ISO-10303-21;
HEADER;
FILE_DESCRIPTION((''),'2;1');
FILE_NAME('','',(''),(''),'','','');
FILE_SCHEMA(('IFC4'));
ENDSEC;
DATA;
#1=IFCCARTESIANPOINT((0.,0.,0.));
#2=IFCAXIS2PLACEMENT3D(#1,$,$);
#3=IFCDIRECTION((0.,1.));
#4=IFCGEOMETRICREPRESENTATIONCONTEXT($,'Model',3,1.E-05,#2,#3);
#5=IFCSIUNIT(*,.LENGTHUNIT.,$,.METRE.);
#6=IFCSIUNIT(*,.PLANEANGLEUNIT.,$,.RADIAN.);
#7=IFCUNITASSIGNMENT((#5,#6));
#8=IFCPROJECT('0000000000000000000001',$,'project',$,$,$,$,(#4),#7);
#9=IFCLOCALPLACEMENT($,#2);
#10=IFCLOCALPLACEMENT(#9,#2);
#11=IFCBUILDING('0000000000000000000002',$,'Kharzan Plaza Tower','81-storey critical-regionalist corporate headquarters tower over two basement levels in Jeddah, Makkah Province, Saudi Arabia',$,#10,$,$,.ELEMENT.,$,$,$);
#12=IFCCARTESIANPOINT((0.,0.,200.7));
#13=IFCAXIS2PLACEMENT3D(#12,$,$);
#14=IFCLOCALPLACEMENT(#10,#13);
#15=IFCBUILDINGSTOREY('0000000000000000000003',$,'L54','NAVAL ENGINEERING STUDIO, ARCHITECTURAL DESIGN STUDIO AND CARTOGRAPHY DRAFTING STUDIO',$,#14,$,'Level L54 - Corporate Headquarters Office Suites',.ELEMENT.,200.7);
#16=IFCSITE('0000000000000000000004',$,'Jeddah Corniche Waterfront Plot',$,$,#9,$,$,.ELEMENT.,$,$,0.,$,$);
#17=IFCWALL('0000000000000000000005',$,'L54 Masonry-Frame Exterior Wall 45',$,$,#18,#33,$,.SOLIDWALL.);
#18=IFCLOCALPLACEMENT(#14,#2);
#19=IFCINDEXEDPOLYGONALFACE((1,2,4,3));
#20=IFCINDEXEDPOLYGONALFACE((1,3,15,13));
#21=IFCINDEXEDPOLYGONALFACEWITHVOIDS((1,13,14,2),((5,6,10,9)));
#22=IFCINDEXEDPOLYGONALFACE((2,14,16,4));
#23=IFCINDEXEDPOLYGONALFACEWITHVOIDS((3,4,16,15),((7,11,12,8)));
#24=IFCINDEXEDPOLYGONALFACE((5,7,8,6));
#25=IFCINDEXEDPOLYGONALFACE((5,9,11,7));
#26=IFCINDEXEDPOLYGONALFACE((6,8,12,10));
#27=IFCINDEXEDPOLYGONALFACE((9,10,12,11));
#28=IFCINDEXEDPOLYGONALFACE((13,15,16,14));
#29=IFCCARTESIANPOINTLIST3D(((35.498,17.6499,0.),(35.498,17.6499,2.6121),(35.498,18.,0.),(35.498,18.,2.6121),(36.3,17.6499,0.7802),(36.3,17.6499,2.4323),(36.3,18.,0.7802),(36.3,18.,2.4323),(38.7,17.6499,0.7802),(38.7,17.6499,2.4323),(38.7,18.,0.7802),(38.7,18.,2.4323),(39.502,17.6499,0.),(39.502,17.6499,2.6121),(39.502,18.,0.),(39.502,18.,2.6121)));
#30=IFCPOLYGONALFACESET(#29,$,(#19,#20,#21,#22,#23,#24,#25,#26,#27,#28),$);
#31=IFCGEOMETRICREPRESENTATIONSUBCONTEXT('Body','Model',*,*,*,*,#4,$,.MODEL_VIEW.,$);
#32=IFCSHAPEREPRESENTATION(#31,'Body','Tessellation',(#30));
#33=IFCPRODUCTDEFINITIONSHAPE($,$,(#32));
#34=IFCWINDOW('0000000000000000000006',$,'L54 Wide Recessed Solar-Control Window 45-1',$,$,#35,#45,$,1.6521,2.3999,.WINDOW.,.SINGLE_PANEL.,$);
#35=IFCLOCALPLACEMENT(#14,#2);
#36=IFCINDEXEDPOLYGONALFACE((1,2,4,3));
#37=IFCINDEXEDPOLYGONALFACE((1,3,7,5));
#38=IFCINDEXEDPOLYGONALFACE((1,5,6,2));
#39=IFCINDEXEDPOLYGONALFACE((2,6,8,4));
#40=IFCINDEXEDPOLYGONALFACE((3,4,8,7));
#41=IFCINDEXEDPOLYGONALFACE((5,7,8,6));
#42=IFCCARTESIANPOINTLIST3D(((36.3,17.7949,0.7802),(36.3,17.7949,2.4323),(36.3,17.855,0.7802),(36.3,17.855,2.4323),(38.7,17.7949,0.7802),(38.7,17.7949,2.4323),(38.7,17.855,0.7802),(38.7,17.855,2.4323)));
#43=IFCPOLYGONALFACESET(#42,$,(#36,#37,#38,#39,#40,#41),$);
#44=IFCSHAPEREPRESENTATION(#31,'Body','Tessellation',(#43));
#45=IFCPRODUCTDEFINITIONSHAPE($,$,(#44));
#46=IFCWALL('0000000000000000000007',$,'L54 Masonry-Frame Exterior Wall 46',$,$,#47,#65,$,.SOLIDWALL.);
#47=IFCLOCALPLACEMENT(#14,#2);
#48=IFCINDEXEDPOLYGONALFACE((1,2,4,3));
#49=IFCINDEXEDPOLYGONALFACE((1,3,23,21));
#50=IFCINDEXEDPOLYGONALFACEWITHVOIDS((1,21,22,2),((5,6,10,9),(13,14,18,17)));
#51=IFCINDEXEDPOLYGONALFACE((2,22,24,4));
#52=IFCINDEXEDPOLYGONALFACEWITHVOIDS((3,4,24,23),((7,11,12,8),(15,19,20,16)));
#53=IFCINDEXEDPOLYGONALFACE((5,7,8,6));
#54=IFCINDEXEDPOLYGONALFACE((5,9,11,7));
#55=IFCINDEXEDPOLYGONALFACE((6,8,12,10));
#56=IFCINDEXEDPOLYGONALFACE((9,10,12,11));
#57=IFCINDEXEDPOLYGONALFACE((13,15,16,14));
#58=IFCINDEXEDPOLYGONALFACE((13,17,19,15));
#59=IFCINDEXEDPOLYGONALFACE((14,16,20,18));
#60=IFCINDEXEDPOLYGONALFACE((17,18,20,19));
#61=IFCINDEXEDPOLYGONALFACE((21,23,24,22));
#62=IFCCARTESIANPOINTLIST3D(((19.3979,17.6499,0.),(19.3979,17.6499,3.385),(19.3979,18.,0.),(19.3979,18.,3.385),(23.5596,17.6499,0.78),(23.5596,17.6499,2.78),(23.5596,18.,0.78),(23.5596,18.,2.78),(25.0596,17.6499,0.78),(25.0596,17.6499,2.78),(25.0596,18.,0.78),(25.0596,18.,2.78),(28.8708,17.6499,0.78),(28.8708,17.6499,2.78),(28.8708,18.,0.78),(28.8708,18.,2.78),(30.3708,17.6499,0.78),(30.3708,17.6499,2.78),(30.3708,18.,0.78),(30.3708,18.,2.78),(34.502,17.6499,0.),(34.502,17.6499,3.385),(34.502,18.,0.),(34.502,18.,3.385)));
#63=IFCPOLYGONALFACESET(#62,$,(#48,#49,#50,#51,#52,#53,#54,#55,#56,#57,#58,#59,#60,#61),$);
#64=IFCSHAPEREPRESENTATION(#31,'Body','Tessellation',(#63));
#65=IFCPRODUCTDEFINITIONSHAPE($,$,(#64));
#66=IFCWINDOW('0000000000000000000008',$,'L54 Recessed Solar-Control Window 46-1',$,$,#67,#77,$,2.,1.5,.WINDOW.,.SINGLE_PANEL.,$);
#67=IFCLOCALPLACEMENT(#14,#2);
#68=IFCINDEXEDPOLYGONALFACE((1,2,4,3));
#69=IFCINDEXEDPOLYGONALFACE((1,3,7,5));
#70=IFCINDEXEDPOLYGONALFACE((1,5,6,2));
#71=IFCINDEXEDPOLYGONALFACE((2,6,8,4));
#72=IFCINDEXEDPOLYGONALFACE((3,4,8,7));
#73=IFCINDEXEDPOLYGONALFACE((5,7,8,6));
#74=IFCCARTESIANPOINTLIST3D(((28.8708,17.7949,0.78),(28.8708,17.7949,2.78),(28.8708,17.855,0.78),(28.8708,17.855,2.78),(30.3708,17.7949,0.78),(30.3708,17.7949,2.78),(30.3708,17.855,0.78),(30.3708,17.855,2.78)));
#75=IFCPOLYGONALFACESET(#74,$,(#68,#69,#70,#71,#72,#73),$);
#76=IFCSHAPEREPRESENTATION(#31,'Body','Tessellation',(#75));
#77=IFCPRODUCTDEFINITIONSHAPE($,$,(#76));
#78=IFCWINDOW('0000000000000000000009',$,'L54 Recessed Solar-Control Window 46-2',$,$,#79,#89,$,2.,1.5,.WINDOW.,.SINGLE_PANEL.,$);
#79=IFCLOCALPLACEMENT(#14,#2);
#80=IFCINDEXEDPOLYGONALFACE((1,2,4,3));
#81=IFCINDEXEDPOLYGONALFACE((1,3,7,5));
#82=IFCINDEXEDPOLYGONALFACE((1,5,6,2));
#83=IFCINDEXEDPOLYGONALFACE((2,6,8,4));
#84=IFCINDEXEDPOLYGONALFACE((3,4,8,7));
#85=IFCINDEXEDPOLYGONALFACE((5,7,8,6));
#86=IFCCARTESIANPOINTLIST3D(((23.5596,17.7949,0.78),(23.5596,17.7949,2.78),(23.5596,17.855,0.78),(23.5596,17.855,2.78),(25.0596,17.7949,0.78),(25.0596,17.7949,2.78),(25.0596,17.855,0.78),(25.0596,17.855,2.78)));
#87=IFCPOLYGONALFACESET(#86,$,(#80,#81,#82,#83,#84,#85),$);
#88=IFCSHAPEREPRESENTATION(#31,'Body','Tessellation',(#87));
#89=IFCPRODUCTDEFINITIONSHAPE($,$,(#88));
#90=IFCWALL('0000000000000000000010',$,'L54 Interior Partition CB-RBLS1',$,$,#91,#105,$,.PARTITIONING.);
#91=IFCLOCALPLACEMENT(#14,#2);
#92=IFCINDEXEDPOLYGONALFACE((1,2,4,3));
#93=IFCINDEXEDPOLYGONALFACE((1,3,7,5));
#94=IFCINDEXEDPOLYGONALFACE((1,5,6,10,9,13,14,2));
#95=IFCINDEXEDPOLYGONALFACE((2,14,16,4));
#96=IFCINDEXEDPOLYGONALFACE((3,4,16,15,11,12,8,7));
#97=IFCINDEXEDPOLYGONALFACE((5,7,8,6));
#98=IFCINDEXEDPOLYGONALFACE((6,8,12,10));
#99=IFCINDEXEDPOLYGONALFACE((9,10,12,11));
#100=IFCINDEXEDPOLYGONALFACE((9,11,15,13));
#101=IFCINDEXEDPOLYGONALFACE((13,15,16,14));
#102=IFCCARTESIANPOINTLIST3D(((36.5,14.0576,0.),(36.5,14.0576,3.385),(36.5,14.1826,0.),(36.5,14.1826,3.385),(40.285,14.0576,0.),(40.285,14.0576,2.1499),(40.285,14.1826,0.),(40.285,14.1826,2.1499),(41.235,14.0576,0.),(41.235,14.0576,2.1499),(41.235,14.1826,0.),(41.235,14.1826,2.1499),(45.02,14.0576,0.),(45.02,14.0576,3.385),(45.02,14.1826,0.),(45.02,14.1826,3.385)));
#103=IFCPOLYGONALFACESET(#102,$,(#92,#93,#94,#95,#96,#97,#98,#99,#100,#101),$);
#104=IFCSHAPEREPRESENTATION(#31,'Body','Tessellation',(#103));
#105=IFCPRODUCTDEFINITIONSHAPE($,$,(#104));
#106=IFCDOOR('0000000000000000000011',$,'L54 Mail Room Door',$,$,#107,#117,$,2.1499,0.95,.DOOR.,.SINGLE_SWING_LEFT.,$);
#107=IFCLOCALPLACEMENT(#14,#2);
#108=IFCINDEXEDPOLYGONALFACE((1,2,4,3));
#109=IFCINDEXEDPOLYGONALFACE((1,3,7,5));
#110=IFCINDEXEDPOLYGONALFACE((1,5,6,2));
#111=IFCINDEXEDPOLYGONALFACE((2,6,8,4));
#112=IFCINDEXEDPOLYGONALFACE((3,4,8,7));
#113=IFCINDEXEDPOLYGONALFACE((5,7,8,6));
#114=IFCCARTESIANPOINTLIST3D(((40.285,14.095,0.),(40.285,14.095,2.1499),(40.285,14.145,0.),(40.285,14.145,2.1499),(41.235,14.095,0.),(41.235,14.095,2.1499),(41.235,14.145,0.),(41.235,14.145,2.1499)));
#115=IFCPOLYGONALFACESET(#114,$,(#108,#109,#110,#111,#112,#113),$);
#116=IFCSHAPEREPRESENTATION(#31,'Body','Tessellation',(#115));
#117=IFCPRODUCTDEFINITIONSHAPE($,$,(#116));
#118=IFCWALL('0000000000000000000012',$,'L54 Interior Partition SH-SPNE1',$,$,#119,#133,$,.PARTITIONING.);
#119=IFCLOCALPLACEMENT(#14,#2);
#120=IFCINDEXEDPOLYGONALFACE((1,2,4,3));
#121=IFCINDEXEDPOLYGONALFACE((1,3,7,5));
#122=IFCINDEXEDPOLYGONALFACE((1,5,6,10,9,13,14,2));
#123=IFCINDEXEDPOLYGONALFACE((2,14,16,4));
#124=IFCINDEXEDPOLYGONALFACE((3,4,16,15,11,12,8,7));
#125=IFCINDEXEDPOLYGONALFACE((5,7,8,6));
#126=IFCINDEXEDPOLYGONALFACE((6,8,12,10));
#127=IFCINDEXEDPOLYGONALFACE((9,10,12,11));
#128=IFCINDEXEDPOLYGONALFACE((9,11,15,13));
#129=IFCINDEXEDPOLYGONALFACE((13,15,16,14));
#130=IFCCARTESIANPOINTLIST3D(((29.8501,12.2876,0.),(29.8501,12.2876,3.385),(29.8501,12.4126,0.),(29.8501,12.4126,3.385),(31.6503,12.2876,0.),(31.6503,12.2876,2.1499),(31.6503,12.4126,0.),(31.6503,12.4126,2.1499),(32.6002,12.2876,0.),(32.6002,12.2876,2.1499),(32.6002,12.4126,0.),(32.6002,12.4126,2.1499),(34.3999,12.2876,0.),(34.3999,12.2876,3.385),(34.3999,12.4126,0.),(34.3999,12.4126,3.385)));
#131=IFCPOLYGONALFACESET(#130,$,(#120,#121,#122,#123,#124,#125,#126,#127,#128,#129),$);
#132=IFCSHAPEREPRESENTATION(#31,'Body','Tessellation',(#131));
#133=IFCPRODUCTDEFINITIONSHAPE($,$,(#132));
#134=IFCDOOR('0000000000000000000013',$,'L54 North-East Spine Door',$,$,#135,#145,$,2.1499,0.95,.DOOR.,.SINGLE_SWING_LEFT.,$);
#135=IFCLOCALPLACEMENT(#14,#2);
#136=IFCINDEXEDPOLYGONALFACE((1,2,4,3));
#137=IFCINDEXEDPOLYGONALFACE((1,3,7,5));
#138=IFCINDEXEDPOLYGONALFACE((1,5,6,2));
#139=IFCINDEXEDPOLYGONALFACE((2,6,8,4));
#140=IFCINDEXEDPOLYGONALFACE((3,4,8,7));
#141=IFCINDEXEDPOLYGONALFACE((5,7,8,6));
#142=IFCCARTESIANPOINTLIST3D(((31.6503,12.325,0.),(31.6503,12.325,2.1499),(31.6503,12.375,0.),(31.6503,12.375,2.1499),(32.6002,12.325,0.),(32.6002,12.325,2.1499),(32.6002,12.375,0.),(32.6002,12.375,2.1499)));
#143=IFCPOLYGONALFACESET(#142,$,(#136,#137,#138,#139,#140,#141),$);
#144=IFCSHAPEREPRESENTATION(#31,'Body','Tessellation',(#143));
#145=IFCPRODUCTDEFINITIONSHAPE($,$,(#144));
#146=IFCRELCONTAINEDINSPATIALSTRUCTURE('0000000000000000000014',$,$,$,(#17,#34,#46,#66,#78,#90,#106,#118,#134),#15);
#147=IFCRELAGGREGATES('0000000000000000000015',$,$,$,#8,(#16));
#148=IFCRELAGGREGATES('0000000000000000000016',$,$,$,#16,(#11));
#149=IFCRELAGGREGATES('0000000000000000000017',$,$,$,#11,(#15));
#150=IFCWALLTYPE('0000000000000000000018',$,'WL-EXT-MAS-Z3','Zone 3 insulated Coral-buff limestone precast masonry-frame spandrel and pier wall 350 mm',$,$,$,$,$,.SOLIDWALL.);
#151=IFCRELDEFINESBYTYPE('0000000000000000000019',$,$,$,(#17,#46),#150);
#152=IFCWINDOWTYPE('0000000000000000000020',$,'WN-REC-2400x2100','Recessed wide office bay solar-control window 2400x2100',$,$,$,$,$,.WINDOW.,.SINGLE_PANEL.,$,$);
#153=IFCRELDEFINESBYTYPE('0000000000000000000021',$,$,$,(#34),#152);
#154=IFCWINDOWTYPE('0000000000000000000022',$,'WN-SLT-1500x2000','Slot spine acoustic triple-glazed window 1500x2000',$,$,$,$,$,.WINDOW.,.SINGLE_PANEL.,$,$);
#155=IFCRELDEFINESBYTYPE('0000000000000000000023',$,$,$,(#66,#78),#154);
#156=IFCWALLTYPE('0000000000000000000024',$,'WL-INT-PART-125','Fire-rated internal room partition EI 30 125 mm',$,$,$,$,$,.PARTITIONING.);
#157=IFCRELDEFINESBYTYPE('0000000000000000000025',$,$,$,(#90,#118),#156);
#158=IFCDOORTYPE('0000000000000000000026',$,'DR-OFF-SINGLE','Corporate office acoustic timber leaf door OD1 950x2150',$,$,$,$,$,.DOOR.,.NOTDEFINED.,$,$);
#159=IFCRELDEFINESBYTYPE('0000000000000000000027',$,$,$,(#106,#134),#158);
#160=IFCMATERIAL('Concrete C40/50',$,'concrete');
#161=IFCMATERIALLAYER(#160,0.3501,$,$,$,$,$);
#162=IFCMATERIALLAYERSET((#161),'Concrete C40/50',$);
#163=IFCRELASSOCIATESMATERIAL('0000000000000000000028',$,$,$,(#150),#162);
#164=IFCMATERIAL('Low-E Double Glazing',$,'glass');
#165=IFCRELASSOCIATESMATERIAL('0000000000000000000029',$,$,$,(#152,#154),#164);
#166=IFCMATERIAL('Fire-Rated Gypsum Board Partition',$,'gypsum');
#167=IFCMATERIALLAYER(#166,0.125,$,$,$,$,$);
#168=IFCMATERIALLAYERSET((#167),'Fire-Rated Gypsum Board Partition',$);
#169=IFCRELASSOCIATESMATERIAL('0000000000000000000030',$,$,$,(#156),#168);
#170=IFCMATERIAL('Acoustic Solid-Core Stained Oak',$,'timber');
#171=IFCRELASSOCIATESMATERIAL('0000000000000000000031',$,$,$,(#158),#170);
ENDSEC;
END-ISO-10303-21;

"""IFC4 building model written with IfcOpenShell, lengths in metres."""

from ifc_helpers import new_model, si_unit, direction, frame, frame_2d, origin, place, context, subcontext, project, spatial, rectangle, extrude, source, transform, mapped, material, layer, layer_set, type_object, element, fill, save


model = new_model("IFC4")

# Units and contexts
model_context = context("Model", 3, precision=1e-05, world=origin(), true_north=direction((0.0, 1.0)))
body_context = subcontext(model_context, "Body", "Model", "MODEL_VIEW")
ifc_project = project(units=[si_unit("LENGTHUNIT", "METRE"), si_unit("PLANEANGLEUNIT", "RADIAN")], contexts=[model_context])

# Site, building, storey
site_placement = place(None, origin())
site = spatial("IfcSite", under=ifc_project, at=site_placement, Name="Jeddah Corniche Waterfront Plot", CompositionType="ELEMENT", RefElevation=0.0)
building_placement = place(site_placement, origin())
building = spatial("IfcBuilding", under=site, at=building_placement, Name="Kharzan Plaza Tower", Description="81-storey critical-regionalist corporate headquarters tower over two basement levels in Jeddah, Makkah Province, Saudi Arabia", CompositionType="ELEMENT")
storey_placement = place(building_placement, frame((0.0, 0.0, 200.7)))
storey = spatial("IfcBuildingStorey", under=building, at=storey_placement, Name="L54", Description="NAVAL ENGINEERING STUDIO, ARCHITECTURAL DESIGN STUDIO AND CARTOGRAPHY DRAFTING STUDIO", LongName="Level L54 - Corporate Headquarters Office Suites", CompositionType="ELEMENT", Elevation=200.7)

# Wall, opening, window
ifc_material_1 = material(Name="Concrete C40/50", Category="concrete")
ifc_layer_1 = layer(ifc_material_1, 0.3501)
ifc_layer_set_1 = layer_set([ifc_layer_1], Name="Concrete C40/50")
wall_type_1 = type_object("IfcWallType", Name="WL-EXT-MAS-Z3", Description="Zone 3 insulated Coral-buff limestone precast masonry-frame spandrel and pier wall 350 mm", PredefinedType="SOLIDWALL", material=ifc_layer_set_1)
wall_1_placement = place(storey_placement, frame((39.502, 17.825, 0.0), z_axis=(0.0, 0.0, 1.0), x_axis=(-1.0, 0.0, 0.0)))
wall_1 = element("IfcWall", 1, at=wall_1_placement, inside=storey, type_object=wall_type_1, Name="L54 Masonry-Frame Exterior Wall 45", PredefinedType="SOLIDWALL", context=body_context, shape_type="SweptSolid", body=[
    extrude(rectangle(XDim=4.0039, YDim=0.3501, at=frame_2d((2.002, 0.0))), origin(), (0.0, 0.0, 1.0), 2.6121),
])
opening_1_placement = place(wall_1_placement, frame((0.802, 0.0, 0.78)))
opening_1 = element("IfcOpeningElement", 2, at=opening_1_placement, cuts=wall_1, PredefinedType="OPENING", context=body_context, shape_type="SweptSolid", body=[
    extrude(rectangle(XDim=2.3999, YDim=1.6521, at=frame_2d((1.2, 0.8262))), frame((0.0, 0.1851, 0.0), z_axis=(0.0, -1.0, 0.0), x_axis=(1.0, 0.0, 0.0)), (0.0, 0.0, 1.0), 0.3701),
])
ifc_material_2 = material(Name="Low-E Double Glazing", Category="glass")
window_type_1 = type_object("IfcWindowType", Name="WN-REC-2400x2100", Description="Recessed wide office bay solar-control window 2400x2100", PartitioningType="SINGLE_PANEL", PredefinedType="WINDOW", material=ifc_material_2)
shared_shape_1 = source(origin(), body_context, "Body", "SweptSolid", [
    extrude(rectangle(XDim=2.3999, YDim=1.6521, at=frame_2d((1.2, 0.8262))), frame((0.0, 0.03, 0.0), z_axis=(0.0, -1.0, 0.0), x_axis=(1.0, 0.0, 0.0)), (0.0, 0.0, 1.0), 0.0601),
])
window_1_placement = place(opening_1_placement, origin())
window_1 = element("IfcWindow", 3, at=window_1_placement, inside=storey, type_object=window_type_1, Name="L54 Wide Recessed Solar-Control Window 45-1", OverallHeight=1.6521, OverallWidth=2.3999, PartitioningType="SINGLE_PANEL", PredefinedType="WINDOW", context=body_context, shape_type="MappedRepresentation", body=[
    mapped(shared_shape_1, transform((0.0, 0.0, 0.0), x_axis=(1.0, 0.0, 0.0), y_axis=(0.0, 1.0, 0.0), z_axis=(0.0, 0.0, 1.0))),
])
fill(opening_1, window_1)

# Wall, openings, windows
wall_2_placement = place(storey_placement, frame((34.502, 17.825, 0.0), z_axis=(0.0, 0.0, 1.0), x_axis=(-1.0, 0.0, 0.0)))
wall_2 = element("IfcWall", 4, at=wall_2_placement, inside=storey, type_object=wall_type_1, Name="L54 Masonry-Frame Exterior Wall 46", PredefinedType="SOLIDWALL", context=body_context, shape_type="SweptSolid", body=[
    extrude(rectangle(XDim=15.104, YDim=0.3501, at=frame_2d((7.552, 0.0))), origin(), (0.0, 0.0, 1.0), 3.385),
])
opening_2_placement = place(wall_2_placement, frame((4.1311, 0.0, 0.78)))
opening_2 = element("IfcOpeningElement", 5, at=opening_2_placement, cuts=wall_2, PredefinedType="OPENING", context=body_context, shape_type="SweptSolid", body=[
    extrude(rectangle(XDim=1.5, YDim=2.0, at=frame_2d((0.75, 1.0))), frame((0.0, 0.1851, 0.0), z_axis=(0.0, -1.0, 0.0), x_axis=(1.0, 0.0, 0.0)), (0.0, 0.0, 1.0), 0.3701),
])
opening_3_placement = place(wall_2_placement, frame((9.4424, 0.0, 0.78)))
opening_3 = element("IfcOpeningElement", 6, at=opening_3_placement, cuts=wall_2, PredefinedType="OPENING", context=body_context, shape_type="SweptSolid", body=[
    extrude(rectangle(XDim=1.5, YDim=2.0, at=frame_2d((0.75, 1.0))), frame((0.0, 0.1851, 0.0), z_axis=(0.0, -1.0, 0.0), x_axis=(1.0, 0.0, 0.0)), (0.0, 0.0, 1.0), 0.3701),
])
window_type_2 = type_object("IfcWindowType", Name="WN-SLT-1500x2000", Description="Slot spine acoustic triple-glazed window 1500x2000", PartitioningType="SINGLE_PANEL", PredefinedType="WINDOW", material=ifc_material_2)
shared_shape_2 = source(origin(), body_context, "Body", "SweptSolid", [
    extrude(rectangle(XDim=1.5, YDim=2.0, at=frame_2d((0.75, 1.0))), frame((0.0, 0.03, 0.0), z_axis=(0.0, -1.0, 0.0), x_axis=(1.0, 0.0, 0.0)), (0.0, 0.0, 1.0), 0.0601),
])
window_2_placement = place(opening_2_placement, origin())
window_2 = element("IfcWindow", 7, at=window_2_placement, inside=storey, type_object=window_type_2, Name="L54 Recessed Solar-Control Window 46-1", OverallHeight=2.0, OverallWidth=1.5, PartitioningType="SINGLE_PANEL", PredefinedType="WINDOW", context=body_context, shape_type="MappedRepresentation", body=[
    mapped(shared_shape_2, transform((0.0, 0.0, 0.0), x_axis=(1.0, 0.0, 0.0), y_axis=(0.0, 1.0, 0.0), z_axis=(0.0, 0.0, 1.0))),
])
fill(opening_2, window_2)
window_3_placement = place(opening_3_placement, origin())
window_3 = element("IfcWindow", 8, at=window_3_placement, inside=storey, type_object=window_type_2, Name="L54 Recessed Solar-Control Window 46-2", OverallHeight=2.0, OverallWidth=1.5, PartitioningType="SINGLE_PANEL", PredefinedType="WINDOW", context=body_context, shape_type="MappedRepresentation", body=[
    mapped(shared_shape_2, transform((0.0, 0.0, 0.0), x_axis=(1.0, 0.0, 0.0), y_axis=(0.0, 1.0, 0.0), z_axis=(0.0, 0.0, 1.0))),
])
fill(opening_3, window_3)

# Walls, openings, doors
ifc_material_3 = material(Name="Fire-Rated Gypsum Board Partition", Category="gypsum")
ifc_layer_2 = layer(ifc_material_3, 0.125)
ifc_layer_set_2 = layer_set([ifc_layer_2], Name="Fire-Rated Gypsum Board Partition")
wall_type_2 = type_object("IfcWallType", Name="WL-INT-PART-125", Description="Fire-rated internal room partition EI 30 125 mm", PredefinedType="PARTITIONING", material=ifc_layer_set_2)
wall_3_placement = place(storey_placement, frame((36.5, 14.1201, 0.0), z_axis=(0.0, 0.0, 1.0), x_axis=(1.0, 0.0, 0.0)))
wall_3 = element("IfcWall", 9, at=wall_3_placement, inside=storey, type_object=wall_type_2, Name="L54 Interior Partition CB-RBLS1", PredefinedType="PARTITIONING", context=body_context, shape_type="SweptSolid", body=[
    extrude(rectangle(XDim=8.52, YDim=0.125, at=frame_2d((4.26, 0.0))), origin(), (0.0, 0.0, 1.0), 3.385),
])
opening_4_placement = place(wall_3_placement, frame((3.7849, 0.0, 0.0)))
opening_4 = element("IfcOpeningElement", 10, at=opening_4_placement, cuts=wall_3, PredefinedType="OPENING", context=body_context, shape_type="SweptSolid", body=[
    extrude(rectangle(XDim=0.95, YDim=2.1499, at=frame_2d((0.4751, 1.075))), frame((0.0, 0.0725, 0.0), z_axis=(0.0, -1.0, 0.0), x_axis=(1.0, 0.0, 0.0)), (0.0, 0.0, 1.0), 0.145),
])
ifc_material_4 = material(Name="Acoustic Solid-Core Stained Oak", Category="timber")
door_type_1 = type_object("IfcDoorType", Name="DR-OFF-SINGLE", Description="Corporate office acoustic timber leaf door OD1 950x2150", OperationType="NOTDEFINED", PredefinedType="DOOR", material=ifc_material_4)
shared_shape_3 = source(origin(), body_context, "Body", "SweptSolid", [
    extrude(rectangle(XDim=0.95, YDim=2.1499, at=frame_2d((0.4751, 1.075))), frame((0.0, 0.0249, 0.0), z_axis=(0.0, -1.0, 0.0), x_axis=(1.0, 0.0, 0.0)), (0.0, 0.0, 1.0), 0.05),
])
door_1_placement = place(opening_4_placement, origin())
door_1 = element("IfcDoor", 11, at=door_1_placement, inside=storey, type_object=door_type_1, Name="L54 Mail Room Door", OperationType="SINGLE_SWING_LEFT", OverallHeight=2.1499, OverallWidth=0.95, PredefinedType="DOOR", context=body_context, shape_type="MappedRepresentation", body=[
    mapped(shared_shape_3, transform((0.0, 0.0, 0.0), x_axis=(1.0, 0.0, 0.0), y_axis=(0.0, 1.0, 0.0), z_axis=(0.0, 0.0, 1.0))),
])
fill(opening_4, door_1)
wall_4_placement = place(storey_placement, frame((29.8501, 12.3501, 0.0), z_axis=(0.0, 0.0, 1.0), x_axis=(1.0, 0.0, 0.0)))
wall_4 = element("IfcWall", 12, at=wall_4_placement, inside=storey, type_object=wall_type_2, Name="L54 Interior Partition SH-SPNE1", PredefinedType="PARTITIONING", context=body_context, shape_type="SweptSolid", body=[
    extrude(rectangle(XDim=4.5498, YDim=0.125, at=frame_2d((2.2749, 0.0))), origin(), (0.0, 0.0, 1.0), 3.385),
])
opening_5_placement = place(wall_4_placement, frame((1.8, 0.0, 0.0)))
opening_5 = element("IfcOpeningElement", 13, at=opening_5_placement, cuts=wall_4, PredefinedType="OPENING", context=body_context, shape_type="SweptSolid", body=[
    extrude(rectangle(XDim=0.95, YDim=2.1499, at=frame_2d((0.4751, 1.075))), frame((0.0, 0.0725, 0.0), z_axis=(0.0, -1.0, 0.0), x_axis=(1.0, 0.0, 0.0)), (0.0, 0.0, 1.0), 0.145),
])
door_2_placement = place(opening_5_placement, origin())
door_2 = element("IfcDoor", 14, at=door_2_placement, inside=storey, type_object=door_type_1, Name="L54 North-East Spine Door", OperationType="SINGLE_SWING_LEFT", OverallHeight=2.1499, OverallWidth=0.95, PredefinedType="DOOR", context=body_context, shape_type="MappedRepresentation", body=[
    mapped(shared_shape_3, transform((0.0, 0.0, 0.0), x_axis=(1.0, 0.0, 0.0), y_axis=(0.0, 1.0, 0.0), z_axis=(0.0, 0.0, 1.0))),
])
fill(opening_5, door_2)

save(model, "model.ifc")
